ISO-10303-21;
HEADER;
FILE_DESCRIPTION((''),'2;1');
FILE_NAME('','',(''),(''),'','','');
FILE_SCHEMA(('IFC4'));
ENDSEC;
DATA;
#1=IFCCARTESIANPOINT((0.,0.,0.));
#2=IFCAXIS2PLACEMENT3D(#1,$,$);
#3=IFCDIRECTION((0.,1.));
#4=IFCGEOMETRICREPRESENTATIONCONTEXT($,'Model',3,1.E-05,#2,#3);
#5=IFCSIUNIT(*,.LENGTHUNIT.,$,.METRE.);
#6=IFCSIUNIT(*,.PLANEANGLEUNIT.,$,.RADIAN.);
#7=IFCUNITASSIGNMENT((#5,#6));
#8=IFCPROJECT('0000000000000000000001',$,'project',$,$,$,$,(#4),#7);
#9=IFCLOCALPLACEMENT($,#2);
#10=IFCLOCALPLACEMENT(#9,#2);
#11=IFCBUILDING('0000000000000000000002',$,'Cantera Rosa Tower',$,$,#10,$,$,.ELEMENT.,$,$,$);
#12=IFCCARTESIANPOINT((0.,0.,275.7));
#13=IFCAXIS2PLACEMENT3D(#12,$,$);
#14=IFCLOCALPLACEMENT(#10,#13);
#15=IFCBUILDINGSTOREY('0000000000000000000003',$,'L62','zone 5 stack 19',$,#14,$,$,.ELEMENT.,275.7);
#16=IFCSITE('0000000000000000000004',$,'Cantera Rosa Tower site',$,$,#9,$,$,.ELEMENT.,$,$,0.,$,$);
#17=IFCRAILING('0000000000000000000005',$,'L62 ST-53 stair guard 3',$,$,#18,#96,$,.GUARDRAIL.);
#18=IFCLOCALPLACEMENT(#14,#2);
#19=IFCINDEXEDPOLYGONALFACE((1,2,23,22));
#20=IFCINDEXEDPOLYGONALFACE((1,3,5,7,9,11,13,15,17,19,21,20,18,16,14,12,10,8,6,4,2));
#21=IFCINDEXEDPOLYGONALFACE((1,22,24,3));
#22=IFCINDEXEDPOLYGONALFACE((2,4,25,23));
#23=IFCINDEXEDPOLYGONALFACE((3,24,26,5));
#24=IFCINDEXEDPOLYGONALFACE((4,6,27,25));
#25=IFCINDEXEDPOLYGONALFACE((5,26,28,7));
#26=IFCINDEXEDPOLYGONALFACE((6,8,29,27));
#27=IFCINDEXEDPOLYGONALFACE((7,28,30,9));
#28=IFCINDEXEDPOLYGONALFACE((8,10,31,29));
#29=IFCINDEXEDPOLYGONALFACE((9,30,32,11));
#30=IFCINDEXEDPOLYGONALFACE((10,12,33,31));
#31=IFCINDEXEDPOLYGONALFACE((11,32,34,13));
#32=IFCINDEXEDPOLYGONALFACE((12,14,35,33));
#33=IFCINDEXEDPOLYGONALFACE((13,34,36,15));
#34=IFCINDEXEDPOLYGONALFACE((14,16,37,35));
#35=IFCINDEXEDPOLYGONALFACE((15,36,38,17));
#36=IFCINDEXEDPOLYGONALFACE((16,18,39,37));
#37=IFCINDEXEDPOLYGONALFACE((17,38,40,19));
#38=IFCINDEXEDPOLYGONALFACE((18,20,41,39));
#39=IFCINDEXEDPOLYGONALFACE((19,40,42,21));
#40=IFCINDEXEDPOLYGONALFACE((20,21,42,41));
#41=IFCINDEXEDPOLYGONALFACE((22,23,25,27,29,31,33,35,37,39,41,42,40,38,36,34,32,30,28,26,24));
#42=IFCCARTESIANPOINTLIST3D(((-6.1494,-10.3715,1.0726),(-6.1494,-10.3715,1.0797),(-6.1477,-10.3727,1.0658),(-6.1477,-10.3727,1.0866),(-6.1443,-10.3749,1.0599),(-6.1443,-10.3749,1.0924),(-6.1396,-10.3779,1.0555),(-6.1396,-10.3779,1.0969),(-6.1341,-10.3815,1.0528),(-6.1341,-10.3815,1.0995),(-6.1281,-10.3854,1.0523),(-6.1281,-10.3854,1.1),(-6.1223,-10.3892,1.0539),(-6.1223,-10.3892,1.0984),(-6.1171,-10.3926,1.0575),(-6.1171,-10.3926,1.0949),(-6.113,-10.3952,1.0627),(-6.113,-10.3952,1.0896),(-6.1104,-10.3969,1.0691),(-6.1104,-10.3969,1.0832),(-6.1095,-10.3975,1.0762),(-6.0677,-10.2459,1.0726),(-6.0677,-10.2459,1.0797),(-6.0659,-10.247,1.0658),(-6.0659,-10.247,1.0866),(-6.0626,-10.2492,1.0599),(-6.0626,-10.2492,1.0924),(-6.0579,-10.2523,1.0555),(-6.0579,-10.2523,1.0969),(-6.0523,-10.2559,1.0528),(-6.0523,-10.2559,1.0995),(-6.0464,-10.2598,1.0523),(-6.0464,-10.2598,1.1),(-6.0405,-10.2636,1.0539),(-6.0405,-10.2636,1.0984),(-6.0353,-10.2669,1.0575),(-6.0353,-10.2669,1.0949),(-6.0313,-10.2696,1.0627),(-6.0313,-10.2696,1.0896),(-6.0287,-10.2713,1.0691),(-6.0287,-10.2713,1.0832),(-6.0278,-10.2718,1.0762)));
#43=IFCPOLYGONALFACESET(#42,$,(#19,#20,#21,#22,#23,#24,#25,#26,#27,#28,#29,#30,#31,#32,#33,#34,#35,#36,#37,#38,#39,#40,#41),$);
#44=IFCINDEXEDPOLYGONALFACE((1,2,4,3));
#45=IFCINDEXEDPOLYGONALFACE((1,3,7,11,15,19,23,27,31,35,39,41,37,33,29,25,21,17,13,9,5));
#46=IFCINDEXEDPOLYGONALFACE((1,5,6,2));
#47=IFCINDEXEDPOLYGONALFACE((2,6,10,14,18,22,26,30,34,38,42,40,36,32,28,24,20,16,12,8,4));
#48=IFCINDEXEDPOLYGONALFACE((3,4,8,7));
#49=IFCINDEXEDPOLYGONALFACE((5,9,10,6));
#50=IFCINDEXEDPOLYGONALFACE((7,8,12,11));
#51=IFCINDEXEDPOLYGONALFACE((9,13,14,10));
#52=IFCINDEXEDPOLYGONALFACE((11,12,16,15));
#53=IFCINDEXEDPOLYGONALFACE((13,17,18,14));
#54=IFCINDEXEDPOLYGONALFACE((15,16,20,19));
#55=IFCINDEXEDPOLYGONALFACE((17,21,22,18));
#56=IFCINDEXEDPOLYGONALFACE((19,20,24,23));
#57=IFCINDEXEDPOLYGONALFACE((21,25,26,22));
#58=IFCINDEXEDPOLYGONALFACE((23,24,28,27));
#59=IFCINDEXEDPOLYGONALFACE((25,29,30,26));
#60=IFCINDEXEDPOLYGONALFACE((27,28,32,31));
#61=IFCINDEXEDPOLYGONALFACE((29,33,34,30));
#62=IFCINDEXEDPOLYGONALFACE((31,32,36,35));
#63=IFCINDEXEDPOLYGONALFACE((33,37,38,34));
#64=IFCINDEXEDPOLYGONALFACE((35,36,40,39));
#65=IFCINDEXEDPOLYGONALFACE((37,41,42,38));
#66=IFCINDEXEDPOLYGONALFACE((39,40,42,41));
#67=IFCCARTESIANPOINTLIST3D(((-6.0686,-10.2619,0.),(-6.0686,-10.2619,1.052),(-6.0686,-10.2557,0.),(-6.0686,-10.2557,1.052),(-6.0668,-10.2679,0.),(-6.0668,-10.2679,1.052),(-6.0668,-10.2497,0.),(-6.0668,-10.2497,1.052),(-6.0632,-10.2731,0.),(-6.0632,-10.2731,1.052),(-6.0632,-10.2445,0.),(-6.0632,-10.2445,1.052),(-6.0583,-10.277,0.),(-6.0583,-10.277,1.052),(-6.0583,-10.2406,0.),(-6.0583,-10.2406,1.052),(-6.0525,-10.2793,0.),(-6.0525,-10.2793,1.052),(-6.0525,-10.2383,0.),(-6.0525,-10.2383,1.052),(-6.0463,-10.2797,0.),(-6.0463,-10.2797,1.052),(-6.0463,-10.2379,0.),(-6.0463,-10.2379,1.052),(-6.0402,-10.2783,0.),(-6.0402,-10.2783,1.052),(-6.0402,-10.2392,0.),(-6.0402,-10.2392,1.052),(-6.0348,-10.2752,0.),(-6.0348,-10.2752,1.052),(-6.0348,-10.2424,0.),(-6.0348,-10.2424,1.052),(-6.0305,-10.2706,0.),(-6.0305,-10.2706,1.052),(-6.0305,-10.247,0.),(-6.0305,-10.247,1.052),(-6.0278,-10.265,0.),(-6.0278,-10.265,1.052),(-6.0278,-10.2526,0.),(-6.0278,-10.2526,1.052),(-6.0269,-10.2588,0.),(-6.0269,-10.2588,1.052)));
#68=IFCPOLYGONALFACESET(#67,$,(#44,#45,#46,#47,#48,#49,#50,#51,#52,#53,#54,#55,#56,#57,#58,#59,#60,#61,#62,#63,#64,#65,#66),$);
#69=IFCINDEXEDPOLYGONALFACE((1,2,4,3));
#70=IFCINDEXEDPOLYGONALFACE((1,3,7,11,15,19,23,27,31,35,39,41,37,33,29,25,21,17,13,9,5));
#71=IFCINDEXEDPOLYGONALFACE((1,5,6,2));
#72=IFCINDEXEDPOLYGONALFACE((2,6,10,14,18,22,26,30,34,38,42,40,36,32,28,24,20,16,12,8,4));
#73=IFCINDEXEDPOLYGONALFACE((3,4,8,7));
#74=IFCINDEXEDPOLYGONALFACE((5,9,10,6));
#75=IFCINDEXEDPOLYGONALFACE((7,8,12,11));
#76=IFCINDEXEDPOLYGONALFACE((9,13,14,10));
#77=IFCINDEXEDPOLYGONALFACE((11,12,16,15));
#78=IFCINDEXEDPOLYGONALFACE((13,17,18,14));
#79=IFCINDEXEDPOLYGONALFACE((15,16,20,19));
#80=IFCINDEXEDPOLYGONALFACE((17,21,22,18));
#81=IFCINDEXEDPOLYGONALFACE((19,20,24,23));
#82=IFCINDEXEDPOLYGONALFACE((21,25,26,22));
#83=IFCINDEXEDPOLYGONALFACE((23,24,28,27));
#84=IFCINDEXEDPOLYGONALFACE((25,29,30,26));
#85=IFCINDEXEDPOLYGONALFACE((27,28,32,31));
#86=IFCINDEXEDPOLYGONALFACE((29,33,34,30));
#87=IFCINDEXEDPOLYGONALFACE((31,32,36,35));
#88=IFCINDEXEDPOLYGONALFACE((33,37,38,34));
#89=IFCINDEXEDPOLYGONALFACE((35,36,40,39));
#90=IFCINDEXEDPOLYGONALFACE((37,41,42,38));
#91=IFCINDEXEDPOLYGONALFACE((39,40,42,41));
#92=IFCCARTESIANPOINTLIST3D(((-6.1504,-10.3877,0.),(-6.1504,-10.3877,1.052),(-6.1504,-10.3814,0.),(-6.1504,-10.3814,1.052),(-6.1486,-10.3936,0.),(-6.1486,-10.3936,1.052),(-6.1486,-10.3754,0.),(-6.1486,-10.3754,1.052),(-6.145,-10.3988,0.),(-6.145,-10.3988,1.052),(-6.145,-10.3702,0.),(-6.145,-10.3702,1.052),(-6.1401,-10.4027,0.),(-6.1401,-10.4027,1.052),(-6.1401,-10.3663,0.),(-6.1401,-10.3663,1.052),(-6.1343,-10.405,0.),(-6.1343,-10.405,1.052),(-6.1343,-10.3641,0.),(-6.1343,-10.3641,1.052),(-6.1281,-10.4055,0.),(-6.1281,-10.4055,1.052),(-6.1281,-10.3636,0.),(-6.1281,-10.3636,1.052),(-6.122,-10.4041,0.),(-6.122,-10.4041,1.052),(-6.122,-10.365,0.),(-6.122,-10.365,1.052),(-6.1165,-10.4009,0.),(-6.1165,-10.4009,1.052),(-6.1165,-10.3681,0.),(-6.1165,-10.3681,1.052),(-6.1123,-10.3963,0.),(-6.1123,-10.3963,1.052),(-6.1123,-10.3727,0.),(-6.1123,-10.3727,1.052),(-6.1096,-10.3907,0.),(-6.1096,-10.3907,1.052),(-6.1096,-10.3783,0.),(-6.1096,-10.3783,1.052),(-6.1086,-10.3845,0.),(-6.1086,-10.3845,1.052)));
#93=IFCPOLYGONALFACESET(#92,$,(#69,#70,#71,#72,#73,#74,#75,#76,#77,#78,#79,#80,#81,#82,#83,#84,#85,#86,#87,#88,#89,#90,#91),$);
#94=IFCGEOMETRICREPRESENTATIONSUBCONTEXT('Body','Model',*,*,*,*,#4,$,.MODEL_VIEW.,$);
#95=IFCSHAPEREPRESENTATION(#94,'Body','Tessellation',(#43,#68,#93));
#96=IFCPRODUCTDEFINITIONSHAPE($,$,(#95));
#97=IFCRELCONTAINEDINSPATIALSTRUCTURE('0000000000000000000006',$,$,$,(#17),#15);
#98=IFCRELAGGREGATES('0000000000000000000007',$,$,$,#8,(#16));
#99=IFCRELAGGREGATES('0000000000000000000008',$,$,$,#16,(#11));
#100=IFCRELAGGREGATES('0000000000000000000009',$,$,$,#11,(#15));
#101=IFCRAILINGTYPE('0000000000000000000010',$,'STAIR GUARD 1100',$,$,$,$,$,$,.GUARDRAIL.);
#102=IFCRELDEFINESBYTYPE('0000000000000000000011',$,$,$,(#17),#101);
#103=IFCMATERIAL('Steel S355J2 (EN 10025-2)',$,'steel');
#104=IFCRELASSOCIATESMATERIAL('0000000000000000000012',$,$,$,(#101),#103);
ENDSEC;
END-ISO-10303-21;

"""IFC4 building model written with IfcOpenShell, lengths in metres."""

from ifc_helpers import new_model, si_unit, direction, frame, origin, origin_2d, place, context, subcontext, project, spatial, circle, extrude, material, type_object, element, save


model = new_model("IFC4")

# Units and contexts
model_context = context("Model", 3, precision=1e-05, world=origin(), true_north=direction((0.0, 1.0)))
body_context = subcontext(model_context, "Body", "Model", "MODEL_VIEW")
ifc_project = project(units=[si_unit("LENGTHUNIT", "METRE"), si_unit("PLANEANGLEUNIT", "RADIAN")], contexts=[model_context])

# Site, building, storey
site_placement = place(None, origin())
site = spatial("IfcSite", under=ifc_project, at=site_placement, Name="Cantera Rosa Tower site", CompositionType="ELEMENT", RefElevation=0.0)
building_placement = place(site_placement, origin())
building = spatial("IfcBuilding", under=site, at=building_placement, Name="Cantera Rosa Tower", CompositionType="ELEMENT")
storey_placement = place(building_placement, frame((0.0, 0.0, 275.7)))
storey = spatial("IfcBuildingStorey", under=building, at=storey_placement, Name="L62", Description="zone 5 stack 19", CompositionType="ELEMENT", Elevation=275.7)

# Railing
ifc_material_1 = material(Name="Steel S355J2 (EN 10025-2)", Category="steel")
railing_type_1 = type_object("IfcRailingType", Name="STAIR GUARD 1100", PredefinedType="GUARDRAIL", material=ifc_material_1)
railing_1_placement = place(storey_placement, frame((-6.0479, -10.2588, 0.0)))
element("IfcRailing", 1, at=railing_1_placement, inside=storey, type_object=railing_type_1, Name="L62 ST-53 stair guard 3", PredefinedType="GUARDRAIL", context=body_context, shape_type="SweptSolid", body=[
    extrude(circle(Radius=0.0239, at=origin_2d()), frame((0.0, 0.0, 1.0762), z_axis=(-0.545274, -0.838258, 0.0), x_axis=(0.838258, -0.545274, 0.0)), (0.0, 0.0, 1.0), 0.1499),
    extrude(circle(Radius=0.021, at=origin_2d()), origin(), (0.0, 0.0, 1.0), 1.052),
    extrude(circle(Radius=0.021, at=origin_2d()), frame((-0.0818, -0.1257, 0.0)), (0.0, 0.0, 1.0), 1.052),
])

save(model, "model.ifc")
